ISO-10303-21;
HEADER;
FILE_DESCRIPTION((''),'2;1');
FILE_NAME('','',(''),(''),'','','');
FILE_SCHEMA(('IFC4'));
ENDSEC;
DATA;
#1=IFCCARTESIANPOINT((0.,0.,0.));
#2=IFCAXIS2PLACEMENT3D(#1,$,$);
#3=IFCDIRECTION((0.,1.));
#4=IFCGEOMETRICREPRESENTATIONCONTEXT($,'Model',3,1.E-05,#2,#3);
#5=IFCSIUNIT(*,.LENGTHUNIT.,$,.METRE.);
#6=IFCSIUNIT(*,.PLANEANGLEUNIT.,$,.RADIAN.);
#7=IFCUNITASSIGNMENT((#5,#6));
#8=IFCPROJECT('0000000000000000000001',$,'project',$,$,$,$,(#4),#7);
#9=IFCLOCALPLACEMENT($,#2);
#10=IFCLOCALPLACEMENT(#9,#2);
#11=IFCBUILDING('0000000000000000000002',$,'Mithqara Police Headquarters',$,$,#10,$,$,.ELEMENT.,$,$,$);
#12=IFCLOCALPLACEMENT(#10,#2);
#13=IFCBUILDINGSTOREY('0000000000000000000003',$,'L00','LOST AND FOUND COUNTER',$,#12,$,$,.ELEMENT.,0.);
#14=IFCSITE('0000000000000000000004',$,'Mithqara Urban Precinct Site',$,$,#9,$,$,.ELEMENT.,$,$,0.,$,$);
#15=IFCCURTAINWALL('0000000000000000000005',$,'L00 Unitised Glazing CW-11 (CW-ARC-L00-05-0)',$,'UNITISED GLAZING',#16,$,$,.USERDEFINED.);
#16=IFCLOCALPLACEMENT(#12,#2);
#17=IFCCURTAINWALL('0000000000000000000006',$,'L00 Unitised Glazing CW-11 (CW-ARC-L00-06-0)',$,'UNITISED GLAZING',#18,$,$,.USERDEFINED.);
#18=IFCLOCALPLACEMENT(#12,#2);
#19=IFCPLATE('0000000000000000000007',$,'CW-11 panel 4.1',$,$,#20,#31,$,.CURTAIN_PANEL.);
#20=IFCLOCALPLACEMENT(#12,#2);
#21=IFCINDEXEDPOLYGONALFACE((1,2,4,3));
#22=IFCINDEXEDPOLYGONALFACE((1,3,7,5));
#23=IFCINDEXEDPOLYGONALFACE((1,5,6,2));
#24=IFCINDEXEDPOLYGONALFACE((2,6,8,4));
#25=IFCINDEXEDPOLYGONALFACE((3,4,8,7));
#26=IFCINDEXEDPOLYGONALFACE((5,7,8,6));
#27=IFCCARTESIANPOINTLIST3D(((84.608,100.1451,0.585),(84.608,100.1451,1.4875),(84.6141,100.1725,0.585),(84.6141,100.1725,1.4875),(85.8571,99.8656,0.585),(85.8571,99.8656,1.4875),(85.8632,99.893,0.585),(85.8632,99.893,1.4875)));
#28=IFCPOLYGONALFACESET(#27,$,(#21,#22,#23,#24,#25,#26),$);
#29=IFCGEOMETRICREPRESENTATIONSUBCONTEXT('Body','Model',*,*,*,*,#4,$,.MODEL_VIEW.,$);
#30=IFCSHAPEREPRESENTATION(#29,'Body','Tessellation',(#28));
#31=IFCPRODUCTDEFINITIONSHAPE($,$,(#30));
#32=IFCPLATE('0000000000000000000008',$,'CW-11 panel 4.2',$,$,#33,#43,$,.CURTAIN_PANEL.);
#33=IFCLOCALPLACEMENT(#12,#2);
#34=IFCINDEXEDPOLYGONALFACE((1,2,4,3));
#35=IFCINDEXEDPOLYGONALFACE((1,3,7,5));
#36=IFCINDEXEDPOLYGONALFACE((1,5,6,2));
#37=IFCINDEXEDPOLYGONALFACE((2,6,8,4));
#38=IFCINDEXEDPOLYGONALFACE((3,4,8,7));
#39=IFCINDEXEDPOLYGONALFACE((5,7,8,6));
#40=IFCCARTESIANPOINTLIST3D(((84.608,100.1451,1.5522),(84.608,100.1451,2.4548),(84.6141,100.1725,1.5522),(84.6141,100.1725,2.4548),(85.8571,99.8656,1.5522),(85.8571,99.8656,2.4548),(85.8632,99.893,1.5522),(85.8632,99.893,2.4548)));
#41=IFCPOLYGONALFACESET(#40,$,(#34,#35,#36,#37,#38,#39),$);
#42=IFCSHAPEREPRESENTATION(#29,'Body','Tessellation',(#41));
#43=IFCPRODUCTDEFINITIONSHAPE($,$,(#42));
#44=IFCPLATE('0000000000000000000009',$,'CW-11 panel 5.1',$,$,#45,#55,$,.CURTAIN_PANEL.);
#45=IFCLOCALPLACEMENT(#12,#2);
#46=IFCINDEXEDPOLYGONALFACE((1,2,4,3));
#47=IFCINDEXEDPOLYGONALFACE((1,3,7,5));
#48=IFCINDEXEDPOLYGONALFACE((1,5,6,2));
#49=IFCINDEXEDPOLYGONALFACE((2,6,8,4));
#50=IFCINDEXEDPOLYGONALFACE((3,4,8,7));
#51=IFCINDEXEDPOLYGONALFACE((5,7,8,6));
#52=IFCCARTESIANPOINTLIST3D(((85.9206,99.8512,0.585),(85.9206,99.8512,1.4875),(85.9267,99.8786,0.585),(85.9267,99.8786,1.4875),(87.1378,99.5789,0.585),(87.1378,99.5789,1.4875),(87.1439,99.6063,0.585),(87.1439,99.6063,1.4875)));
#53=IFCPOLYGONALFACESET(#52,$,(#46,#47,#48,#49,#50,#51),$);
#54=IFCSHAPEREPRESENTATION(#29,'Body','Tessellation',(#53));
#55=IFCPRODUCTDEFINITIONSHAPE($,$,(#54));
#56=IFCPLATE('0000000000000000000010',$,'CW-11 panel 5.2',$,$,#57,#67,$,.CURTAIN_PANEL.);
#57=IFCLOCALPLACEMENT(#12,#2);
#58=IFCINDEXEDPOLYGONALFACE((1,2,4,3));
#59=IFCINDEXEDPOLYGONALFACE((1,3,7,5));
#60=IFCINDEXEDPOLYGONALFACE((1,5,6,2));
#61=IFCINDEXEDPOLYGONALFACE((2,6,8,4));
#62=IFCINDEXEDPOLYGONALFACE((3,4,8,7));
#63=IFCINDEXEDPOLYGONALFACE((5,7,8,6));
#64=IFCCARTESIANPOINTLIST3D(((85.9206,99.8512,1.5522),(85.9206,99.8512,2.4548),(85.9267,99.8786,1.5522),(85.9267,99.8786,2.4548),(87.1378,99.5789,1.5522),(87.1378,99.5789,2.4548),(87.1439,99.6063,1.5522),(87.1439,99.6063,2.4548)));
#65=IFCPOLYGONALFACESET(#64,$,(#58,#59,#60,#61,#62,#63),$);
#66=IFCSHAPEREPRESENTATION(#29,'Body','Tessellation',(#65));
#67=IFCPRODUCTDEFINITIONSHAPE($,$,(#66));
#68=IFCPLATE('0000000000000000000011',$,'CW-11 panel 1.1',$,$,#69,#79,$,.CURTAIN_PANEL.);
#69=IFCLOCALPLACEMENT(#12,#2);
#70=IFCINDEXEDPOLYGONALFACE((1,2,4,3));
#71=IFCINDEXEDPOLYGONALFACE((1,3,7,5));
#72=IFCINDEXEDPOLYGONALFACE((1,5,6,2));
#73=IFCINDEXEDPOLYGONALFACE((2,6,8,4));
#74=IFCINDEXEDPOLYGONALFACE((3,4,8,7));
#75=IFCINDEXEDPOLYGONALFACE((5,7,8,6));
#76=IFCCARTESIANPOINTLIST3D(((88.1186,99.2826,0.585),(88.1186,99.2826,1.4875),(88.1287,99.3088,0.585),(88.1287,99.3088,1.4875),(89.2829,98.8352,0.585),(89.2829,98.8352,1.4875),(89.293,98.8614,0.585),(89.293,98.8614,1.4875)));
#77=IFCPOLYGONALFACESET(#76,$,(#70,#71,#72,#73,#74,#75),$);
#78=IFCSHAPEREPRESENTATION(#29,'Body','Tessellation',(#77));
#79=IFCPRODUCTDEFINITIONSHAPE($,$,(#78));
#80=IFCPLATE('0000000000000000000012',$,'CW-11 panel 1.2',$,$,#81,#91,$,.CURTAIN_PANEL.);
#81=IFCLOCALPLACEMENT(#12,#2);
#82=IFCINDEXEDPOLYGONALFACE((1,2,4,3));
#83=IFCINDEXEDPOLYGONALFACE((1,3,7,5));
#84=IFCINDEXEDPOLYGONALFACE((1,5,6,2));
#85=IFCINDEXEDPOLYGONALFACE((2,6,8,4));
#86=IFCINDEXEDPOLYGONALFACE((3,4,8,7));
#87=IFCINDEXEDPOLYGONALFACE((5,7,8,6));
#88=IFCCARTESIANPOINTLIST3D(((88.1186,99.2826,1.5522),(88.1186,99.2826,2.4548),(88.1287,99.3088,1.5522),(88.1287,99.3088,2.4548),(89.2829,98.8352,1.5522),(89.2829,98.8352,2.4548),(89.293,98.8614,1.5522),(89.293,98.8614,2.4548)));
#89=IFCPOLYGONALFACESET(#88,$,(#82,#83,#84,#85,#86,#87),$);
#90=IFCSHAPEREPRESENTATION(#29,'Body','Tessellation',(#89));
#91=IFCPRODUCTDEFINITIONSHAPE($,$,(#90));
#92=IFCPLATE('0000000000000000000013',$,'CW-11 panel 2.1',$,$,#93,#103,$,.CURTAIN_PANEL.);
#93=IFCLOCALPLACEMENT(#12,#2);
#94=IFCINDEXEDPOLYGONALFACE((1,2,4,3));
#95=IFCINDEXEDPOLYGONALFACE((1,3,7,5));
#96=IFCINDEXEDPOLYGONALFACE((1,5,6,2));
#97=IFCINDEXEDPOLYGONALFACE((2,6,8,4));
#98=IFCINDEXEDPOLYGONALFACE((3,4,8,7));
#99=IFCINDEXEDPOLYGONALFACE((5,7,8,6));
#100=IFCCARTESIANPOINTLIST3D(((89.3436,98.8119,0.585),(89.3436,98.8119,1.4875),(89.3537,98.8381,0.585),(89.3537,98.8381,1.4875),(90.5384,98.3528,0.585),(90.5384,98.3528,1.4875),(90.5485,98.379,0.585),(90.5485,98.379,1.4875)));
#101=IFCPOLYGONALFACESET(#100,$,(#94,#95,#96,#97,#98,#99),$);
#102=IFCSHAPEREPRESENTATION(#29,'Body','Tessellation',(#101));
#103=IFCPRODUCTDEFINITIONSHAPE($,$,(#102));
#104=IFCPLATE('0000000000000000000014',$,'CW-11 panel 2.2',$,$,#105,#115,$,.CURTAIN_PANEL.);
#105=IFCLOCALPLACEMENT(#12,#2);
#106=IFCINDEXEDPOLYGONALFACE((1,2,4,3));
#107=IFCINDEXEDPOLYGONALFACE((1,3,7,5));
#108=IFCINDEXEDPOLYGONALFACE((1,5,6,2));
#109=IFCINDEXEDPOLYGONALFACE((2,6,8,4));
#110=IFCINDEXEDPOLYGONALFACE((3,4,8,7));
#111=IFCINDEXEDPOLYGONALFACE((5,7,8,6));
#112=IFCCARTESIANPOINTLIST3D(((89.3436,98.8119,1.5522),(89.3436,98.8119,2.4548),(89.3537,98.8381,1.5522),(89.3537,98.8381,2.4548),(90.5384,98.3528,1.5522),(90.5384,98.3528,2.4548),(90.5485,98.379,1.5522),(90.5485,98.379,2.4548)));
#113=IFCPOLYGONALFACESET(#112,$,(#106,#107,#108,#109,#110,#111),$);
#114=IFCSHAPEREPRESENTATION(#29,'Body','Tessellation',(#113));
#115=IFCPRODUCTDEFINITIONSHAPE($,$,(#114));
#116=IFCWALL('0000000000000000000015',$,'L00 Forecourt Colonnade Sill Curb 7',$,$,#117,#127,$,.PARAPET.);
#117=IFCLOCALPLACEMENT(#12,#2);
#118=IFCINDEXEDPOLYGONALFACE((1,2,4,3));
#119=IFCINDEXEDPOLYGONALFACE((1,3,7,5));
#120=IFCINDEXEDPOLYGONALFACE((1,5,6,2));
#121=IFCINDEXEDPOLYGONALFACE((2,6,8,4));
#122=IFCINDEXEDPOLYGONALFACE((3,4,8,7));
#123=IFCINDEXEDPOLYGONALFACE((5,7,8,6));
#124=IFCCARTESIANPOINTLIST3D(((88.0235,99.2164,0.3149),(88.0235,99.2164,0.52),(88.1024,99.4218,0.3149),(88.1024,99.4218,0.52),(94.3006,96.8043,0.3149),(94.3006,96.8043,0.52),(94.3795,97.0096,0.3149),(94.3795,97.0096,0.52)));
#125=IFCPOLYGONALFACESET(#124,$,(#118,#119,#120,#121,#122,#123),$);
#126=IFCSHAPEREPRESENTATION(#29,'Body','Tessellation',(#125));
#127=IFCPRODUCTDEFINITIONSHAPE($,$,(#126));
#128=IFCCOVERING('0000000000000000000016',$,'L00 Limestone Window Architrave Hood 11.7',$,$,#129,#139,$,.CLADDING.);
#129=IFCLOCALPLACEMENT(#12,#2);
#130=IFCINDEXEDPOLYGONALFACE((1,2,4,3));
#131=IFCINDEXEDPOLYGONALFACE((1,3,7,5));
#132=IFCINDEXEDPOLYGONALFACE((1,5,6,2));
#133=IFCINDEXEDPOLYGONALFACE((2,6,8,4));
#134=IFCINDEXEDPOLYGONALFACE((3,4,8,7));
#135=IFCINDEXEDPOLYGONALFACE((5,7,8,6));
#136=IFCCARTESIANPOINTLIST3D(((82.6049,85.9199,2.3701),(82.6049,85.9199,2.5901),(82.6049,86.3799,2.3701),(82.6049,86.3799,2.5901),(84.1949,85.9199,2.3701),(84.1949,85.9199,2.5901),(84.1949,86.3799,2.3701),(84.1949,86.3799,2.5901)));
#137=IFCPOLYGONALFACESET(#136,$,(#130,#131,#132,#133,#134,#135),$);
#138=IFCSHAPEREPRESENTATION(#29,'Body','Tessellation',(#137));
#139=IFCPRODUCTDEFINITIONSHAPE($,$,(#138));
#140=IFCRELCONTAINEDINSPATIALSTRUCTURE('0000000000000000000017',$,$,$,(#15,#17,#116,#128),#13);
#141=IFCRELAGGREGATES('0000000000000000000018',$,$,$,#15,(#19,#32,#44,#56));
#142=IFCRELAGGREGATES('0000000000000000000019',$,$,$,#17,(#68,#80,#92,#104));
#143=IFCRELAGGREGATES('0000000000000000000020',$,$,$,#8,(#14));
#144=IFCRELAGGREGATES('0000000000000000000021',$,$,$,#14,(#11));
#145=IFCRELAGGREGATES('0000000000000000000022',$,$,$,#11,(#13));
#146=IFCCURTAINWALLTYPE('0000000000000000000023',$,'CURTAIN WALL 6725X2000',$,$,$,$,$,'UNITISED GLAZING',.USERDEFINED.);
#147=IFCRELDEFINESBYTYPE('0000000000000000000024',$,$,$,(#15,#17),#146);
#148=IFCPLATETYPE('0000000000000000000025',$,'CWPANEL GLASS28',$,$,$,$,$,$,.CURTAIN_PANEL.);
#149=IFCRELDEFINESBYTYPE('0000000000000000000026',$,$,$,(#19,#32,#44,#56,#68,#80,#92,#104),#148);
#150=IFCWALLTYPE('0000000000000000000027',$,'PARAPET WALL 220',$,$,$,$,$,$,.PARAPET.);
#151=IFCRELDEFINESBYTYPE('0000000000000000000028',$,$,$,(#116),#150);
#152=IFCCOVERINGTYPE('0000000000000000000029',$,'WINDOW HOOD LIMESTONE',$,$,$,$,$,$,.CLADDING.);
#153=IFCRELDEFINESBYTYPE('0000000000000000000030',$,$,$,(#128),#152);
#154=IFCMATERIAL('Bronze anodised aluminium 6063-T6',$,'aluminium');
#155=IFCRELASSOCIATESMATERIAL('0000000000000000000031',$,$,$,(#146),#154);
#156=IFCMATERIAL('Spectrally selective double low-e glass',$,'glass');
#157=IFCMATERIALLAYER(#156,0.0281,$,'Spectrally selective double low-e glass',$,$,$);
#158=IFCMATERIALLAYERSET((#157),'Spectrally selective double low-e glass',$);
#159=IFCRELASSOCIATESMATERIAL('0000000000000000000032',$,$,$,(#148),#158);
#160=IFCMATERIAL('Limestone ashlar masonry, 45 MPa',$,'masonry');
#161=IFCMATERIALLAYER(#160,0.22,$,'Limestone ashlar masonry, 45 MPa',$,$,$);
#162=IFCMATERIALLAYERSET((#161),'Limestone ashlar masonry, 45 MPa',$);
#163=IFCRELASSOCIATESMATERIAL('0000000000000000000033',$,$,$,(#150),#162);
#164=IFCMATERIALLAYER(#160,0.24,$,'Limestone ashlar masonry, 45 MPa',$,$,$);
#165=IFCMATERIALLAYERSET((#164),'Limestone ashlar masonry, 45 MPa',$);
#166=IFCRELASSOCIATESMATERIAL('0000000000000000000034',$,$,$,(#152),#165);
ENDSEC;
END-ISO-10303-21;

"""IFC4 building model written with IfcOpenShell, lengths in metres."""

from ifc_helpers import new_model, si_unit, direction, frame, frame_2d, origin, origin_2d, place, context, subcontext, project, spatial, rectangle, extrude, material, layer, layer_set, type_object, element, aggregate, save


model = new_model("IFC4")

# Units and contexts
model_context = context("Model", 3, precision=1e-05, world=origin(), true_north=direction((0.0, 1.0)))
body_context = subcontext(model_context, "Body", "Model", "MODEL_VIEW")
ifc_project = project(units=[si_unit("LENGTHUNIT", "METRE"), si_unit("PLANEANGLEUNIT", "RADIAN")], contexts=[model_context])

# Site, building, storey
site_placement = place(None, origin())
site = spatial("IfcSite", under=ifc_project, at=site_placement, Name="Mithqara Urban Precinct Site", CompositionType="ELEMENT", RefElevation=0.0)
building_placement = place(site_placement, origin())
building = spatial("IfcBuilding", under=site, at=building_placement, Name="Mithqara Police Headquarters", CompositionType="ELEMENT")
storey_placement = place(building_placement, origin())
storey = spatial("IfcBuildingStorey", under=building, at=storey_placement, Name="L00", Description="LOST AND FOUND COUNTER", CompositionType="ELEMENT", Elevation=0.0)

# Curtain walls
ifc_material_1 = material(Name="Bronze anodised aluminium 6063-T6", Category="aluminium")
curtain_wall_type = type_object("IfcCurtainWallType", Name="CURTAIN WALL 6725X2000", ElementType="UNITISED GLAZING", PredefinedType="USERDEFINED", material=ifc_material_1)
curtain_wall_1_placement = place(storey_placement, origin())
curtain_wall_1 = element("IfcCurtainWall", 1, at=curtain_wall_1_placement, inside=storey, type_object=curtain_wall_type, Name="L00 Unitised Glazing CW-11 (CW-ARC-L00-05-0)", ObjectType="UNITISED GLAZING", PredefinedType="USERDEFINED")
curtain_wall_2_placement = place(storey_placement, origin())
curtain_wall_2 = element("IfcCurtainWall", 2, at=curtain_wall_2_placement, inside=storey, type_object=curtain_wall_type, Name="L00 Unitised Glazing CW-11 (CW-ARC-L00-06-0)", ObjectType="UNITISED GLAZING", PredefinedType="USERDEFINED")

# Plates
ifc_material_2 = material(Name="Spectrally selective double low-e glass", Category="glass")
ifc_layer_1 = layer(ifc_material_2, 0.0281, Name="Spectrally selective double low-e glass")
ifc_layer_set_1 = layer_set([ifc_layer_1], Name="Spectrally selective double low-e glass")
plate_type = type_object("IfcPlateType", Name="CWPANEL GLASS28", PredefinedType="CURTAIN_PANEL", material=ifc_layer_set_1)
plate_1_placement = place(storey_placement, frame((85.2356, 100.019, 0.585), z_axis=(0.0, 0.0, 1.0), x_axis=(0.975874, -0.218335, 0.0)))
plate_1 = element("IfcPlate", 3, at=plate_1_placement, type_object=plate_type, Name="CW-11 panel 4.1", PredefinedType="CURTAIN_PANEL", context=body_context, shape_type="SweptSolid", body=[
    extrude(rectangle(XDim=1.28, YDim=0.0281, at=origin_2d()), origin(), (0.0, 0.0, 1.0), 0.9026),
])
plate_2_placement = place(storey_placement, frame((85.2356, 100.019, 1.5522), z_axis=(0.0, 0.0, 1.0), x_axis=(0.975874, -0.218335, 0.0)))
plate_2 = element("IfcPlate", 4, at=plate_2_placement, type_object=plate_type, Name="CW-11 panel 4.2", PredefinedType="CURTAIN_PANEL", context=body_context, shape_type="SweptSolid", body=[
    extrude(rectangle(XDim=1.28, YDim=0.0281, at=origin_2d()), origin(), (0.0, 0.0, 1.0), 0.9026),
])
plate_3_placement = place(storey_placement, frame((86.5322, 99.7288, 0.585), z_axis=(0.0, 0.0, 1.0), x_axis=(0.975874, -0.218335, 0.0)))
plate_3 = element("IfcPlate", 5, at=plate_3_placement, type_object=plate_type, Name="CW-11 panel 5.1", PredefinedType="CURTAIN_PANEL", context=body_context, shape_type="SweptSolid", body=[
    extrude(rectangle(XDim=1.2473, YDim=0.0281, at=origin_2d()), origin(), (0.0, 0.0, 1.0), 0.9026),
])
plate_4_placement = place(storey_placement, frame((86.5322, 99.7288, 1.5522), z_axis=(0.0, 0.0, 1.0), x_axis=(0.975874, -0.218335, 0.0)))
plate_4 = element("IfcPlate", 6, at=plate_4_placement, type_object=plate_type, Name="CW-11 panel 5.2", PredefinedType="CURTAIN_PANEL", context=body_context, shape_type="SweptSolid", body=[
    extrude(rectangle(XDim=1.2473, YDim=0.0281, at=origin_2d()), origin(), (0.0, 0.0, 1.0), 0.9026),
])
aggregate(curtain_wall_1, [plate_1, plate_2, plate_3, plate_4])
plate_5_placement = place(storey_placement, frame((88.7058, 99.072, 0.585), z_axis=(0.0, 0.0, 1.0), x_axis=(0.933461, -0.35868, 0.0)))
plate_5 = element("IfcPlate", 7, at=plate_5_placement, type_object=plate_type, Name="CW-11 panel 1.1", PredefinedType="CURTAIN_PANEL", context=body_context, shape_type="SweptSolid", body=[
    extrude(rectangle(XDim=1.2473, YDim=0.0281, at=origin_2d()), origin(), (0.0, 0.0, 1.0), 0.9026),
])
plate_6_placement = place(storey_placement, frame((88.7058, 99.072, 1.5522), z_axis=(0.0, 0.0, 1.0), x_axis=(0.933461, -0.35868, 0.0)))
plate_6 = element("IfcPlate", 8, at=plate_6_placement, type_object=plate_type, Name="CW-11 panel 1.2", PredefinedType="CURTAIN_PANEL", context=body_context, shape_type="SweptSolid", body=[
    extrude(rectangle(XDim=1.2473, YDim=0.0281, at=origin_2d()), origin(), (0.0, 0.0, 1.0), 0.9026),
])
plate_7_placement = place(storey_placement, frame((89.946, 98.5955, 0.585), z_axis=(0.0, 0.0, 1.0), x_axis=(0.933461, -0.35868, 0.0)))
plate_7 = element("IfcPlate", 9, at=plate_7_placement, type_object=plate_type, Name="CW-11 panel 2.1", PredefinedType="CURTAIN_PANEL", context=body_context, shape_type="SweptSolid", body=[
    extrude(rectangle(XDim=1.28, YDim=0.0281, at=origin_2d()), origin(), (0.0, 0.0, 1.0), 0.9026),
])
plate_8_placement = place(storey_placement, frame((89.946, 98.5955, 1.5522), z_axis=(0.0, 0.0, 1.0), x_axis=(0.933461, -0.35868, 0.0)))
plate_8 = element("IfcPlate", 10, at=plate_8_placement, type_object=plate_type, Name="CW-11 panel 2.2", PredefinedType="CURTAIN_PANEL", context=body_context, shape_type="SweptSolid", body=[
    extrude(rectangle(XDim=1.28, YDim=0.0281, at=origin_2d()), origin(), (0.0, 0.0, 1.0), 0.9026),
])
aggregate(curtain_wall_2, [plate_5, plate_6, plate_7, plate_8])

# Wall
ifc_material_3 = material(Name="Limestone ashlar masonry, 45 MPa", Category="masonry")
ifc_layer_2 = layer(ifc_material_3, 0.22, Name="Limestone ashlar masonry, 45 MPa")
ifc_layer_set_2 = layer_set([ifc_layer_2], Name="Limestone ashlar masonry, 45 MPa")
wall_type = type_object("IfcWallType", Name="PARAPET WALL 220", PredefinedType="PARAPET", material=ifc_layer_set_2)
wall_placement = place(storey_placement, frame((88.063, 99.3191, 0.3149), z_axis=(0.0, 0.0, 1.0), x_axis=(0.933453, -0.358699, 0.0)))
element("IfcWall", 11, at=wall_placement, inside=storey, type_object=wall_type, Name="L00 Forecourt Colonnade Sill Curb 7", PredefinedType="PARAPET", context=body_context, shape_type="SweptSolid", body=[
    extrude(rectangle(XDim=6.7246, YDim=0.22, at=frame_2d((3.3623, 0.0))), origin(), (0.0, 0.0, 1.0), 0.2051),
])

# Covering
ifc_layer_3 = layer(ifc_material_3, 0.24, Name="Limestone ashlar masonry, 45 MPa")
ifc_layer_set_3 = layer_set([ifc_layer_3], Name="Limestone ashlar masonry, 45 MPa")
covering_type = type_object("IfcCoveringType", Name="WINDOW HOOD LIMESTONE", PredefinedType="CLADDING", material=ifc_layer_set_3)
covering_placement = place(storey_placement, frame((83.3999, 86.1499, 2.3701), z_axis=(0.0, 0.0, 1.0), x_axis=(1.0, 0.0, 0.0)))
element("IfcCovering", 12, at=covering_placement, inside=storey, type_object=covering_type, Name="L00 Limestone Window Architrave Hood 11.7", PredefinedType="CLADDING", context=body_context, shape_type="SweptSolid", body=[
    extrude(rectangle(XDim=1.5901, YDim=0.46, at=origin_2d()), origin(), (0.0, 0.0, 1.0), 0.22),
])

save(model, "model.ifc")
